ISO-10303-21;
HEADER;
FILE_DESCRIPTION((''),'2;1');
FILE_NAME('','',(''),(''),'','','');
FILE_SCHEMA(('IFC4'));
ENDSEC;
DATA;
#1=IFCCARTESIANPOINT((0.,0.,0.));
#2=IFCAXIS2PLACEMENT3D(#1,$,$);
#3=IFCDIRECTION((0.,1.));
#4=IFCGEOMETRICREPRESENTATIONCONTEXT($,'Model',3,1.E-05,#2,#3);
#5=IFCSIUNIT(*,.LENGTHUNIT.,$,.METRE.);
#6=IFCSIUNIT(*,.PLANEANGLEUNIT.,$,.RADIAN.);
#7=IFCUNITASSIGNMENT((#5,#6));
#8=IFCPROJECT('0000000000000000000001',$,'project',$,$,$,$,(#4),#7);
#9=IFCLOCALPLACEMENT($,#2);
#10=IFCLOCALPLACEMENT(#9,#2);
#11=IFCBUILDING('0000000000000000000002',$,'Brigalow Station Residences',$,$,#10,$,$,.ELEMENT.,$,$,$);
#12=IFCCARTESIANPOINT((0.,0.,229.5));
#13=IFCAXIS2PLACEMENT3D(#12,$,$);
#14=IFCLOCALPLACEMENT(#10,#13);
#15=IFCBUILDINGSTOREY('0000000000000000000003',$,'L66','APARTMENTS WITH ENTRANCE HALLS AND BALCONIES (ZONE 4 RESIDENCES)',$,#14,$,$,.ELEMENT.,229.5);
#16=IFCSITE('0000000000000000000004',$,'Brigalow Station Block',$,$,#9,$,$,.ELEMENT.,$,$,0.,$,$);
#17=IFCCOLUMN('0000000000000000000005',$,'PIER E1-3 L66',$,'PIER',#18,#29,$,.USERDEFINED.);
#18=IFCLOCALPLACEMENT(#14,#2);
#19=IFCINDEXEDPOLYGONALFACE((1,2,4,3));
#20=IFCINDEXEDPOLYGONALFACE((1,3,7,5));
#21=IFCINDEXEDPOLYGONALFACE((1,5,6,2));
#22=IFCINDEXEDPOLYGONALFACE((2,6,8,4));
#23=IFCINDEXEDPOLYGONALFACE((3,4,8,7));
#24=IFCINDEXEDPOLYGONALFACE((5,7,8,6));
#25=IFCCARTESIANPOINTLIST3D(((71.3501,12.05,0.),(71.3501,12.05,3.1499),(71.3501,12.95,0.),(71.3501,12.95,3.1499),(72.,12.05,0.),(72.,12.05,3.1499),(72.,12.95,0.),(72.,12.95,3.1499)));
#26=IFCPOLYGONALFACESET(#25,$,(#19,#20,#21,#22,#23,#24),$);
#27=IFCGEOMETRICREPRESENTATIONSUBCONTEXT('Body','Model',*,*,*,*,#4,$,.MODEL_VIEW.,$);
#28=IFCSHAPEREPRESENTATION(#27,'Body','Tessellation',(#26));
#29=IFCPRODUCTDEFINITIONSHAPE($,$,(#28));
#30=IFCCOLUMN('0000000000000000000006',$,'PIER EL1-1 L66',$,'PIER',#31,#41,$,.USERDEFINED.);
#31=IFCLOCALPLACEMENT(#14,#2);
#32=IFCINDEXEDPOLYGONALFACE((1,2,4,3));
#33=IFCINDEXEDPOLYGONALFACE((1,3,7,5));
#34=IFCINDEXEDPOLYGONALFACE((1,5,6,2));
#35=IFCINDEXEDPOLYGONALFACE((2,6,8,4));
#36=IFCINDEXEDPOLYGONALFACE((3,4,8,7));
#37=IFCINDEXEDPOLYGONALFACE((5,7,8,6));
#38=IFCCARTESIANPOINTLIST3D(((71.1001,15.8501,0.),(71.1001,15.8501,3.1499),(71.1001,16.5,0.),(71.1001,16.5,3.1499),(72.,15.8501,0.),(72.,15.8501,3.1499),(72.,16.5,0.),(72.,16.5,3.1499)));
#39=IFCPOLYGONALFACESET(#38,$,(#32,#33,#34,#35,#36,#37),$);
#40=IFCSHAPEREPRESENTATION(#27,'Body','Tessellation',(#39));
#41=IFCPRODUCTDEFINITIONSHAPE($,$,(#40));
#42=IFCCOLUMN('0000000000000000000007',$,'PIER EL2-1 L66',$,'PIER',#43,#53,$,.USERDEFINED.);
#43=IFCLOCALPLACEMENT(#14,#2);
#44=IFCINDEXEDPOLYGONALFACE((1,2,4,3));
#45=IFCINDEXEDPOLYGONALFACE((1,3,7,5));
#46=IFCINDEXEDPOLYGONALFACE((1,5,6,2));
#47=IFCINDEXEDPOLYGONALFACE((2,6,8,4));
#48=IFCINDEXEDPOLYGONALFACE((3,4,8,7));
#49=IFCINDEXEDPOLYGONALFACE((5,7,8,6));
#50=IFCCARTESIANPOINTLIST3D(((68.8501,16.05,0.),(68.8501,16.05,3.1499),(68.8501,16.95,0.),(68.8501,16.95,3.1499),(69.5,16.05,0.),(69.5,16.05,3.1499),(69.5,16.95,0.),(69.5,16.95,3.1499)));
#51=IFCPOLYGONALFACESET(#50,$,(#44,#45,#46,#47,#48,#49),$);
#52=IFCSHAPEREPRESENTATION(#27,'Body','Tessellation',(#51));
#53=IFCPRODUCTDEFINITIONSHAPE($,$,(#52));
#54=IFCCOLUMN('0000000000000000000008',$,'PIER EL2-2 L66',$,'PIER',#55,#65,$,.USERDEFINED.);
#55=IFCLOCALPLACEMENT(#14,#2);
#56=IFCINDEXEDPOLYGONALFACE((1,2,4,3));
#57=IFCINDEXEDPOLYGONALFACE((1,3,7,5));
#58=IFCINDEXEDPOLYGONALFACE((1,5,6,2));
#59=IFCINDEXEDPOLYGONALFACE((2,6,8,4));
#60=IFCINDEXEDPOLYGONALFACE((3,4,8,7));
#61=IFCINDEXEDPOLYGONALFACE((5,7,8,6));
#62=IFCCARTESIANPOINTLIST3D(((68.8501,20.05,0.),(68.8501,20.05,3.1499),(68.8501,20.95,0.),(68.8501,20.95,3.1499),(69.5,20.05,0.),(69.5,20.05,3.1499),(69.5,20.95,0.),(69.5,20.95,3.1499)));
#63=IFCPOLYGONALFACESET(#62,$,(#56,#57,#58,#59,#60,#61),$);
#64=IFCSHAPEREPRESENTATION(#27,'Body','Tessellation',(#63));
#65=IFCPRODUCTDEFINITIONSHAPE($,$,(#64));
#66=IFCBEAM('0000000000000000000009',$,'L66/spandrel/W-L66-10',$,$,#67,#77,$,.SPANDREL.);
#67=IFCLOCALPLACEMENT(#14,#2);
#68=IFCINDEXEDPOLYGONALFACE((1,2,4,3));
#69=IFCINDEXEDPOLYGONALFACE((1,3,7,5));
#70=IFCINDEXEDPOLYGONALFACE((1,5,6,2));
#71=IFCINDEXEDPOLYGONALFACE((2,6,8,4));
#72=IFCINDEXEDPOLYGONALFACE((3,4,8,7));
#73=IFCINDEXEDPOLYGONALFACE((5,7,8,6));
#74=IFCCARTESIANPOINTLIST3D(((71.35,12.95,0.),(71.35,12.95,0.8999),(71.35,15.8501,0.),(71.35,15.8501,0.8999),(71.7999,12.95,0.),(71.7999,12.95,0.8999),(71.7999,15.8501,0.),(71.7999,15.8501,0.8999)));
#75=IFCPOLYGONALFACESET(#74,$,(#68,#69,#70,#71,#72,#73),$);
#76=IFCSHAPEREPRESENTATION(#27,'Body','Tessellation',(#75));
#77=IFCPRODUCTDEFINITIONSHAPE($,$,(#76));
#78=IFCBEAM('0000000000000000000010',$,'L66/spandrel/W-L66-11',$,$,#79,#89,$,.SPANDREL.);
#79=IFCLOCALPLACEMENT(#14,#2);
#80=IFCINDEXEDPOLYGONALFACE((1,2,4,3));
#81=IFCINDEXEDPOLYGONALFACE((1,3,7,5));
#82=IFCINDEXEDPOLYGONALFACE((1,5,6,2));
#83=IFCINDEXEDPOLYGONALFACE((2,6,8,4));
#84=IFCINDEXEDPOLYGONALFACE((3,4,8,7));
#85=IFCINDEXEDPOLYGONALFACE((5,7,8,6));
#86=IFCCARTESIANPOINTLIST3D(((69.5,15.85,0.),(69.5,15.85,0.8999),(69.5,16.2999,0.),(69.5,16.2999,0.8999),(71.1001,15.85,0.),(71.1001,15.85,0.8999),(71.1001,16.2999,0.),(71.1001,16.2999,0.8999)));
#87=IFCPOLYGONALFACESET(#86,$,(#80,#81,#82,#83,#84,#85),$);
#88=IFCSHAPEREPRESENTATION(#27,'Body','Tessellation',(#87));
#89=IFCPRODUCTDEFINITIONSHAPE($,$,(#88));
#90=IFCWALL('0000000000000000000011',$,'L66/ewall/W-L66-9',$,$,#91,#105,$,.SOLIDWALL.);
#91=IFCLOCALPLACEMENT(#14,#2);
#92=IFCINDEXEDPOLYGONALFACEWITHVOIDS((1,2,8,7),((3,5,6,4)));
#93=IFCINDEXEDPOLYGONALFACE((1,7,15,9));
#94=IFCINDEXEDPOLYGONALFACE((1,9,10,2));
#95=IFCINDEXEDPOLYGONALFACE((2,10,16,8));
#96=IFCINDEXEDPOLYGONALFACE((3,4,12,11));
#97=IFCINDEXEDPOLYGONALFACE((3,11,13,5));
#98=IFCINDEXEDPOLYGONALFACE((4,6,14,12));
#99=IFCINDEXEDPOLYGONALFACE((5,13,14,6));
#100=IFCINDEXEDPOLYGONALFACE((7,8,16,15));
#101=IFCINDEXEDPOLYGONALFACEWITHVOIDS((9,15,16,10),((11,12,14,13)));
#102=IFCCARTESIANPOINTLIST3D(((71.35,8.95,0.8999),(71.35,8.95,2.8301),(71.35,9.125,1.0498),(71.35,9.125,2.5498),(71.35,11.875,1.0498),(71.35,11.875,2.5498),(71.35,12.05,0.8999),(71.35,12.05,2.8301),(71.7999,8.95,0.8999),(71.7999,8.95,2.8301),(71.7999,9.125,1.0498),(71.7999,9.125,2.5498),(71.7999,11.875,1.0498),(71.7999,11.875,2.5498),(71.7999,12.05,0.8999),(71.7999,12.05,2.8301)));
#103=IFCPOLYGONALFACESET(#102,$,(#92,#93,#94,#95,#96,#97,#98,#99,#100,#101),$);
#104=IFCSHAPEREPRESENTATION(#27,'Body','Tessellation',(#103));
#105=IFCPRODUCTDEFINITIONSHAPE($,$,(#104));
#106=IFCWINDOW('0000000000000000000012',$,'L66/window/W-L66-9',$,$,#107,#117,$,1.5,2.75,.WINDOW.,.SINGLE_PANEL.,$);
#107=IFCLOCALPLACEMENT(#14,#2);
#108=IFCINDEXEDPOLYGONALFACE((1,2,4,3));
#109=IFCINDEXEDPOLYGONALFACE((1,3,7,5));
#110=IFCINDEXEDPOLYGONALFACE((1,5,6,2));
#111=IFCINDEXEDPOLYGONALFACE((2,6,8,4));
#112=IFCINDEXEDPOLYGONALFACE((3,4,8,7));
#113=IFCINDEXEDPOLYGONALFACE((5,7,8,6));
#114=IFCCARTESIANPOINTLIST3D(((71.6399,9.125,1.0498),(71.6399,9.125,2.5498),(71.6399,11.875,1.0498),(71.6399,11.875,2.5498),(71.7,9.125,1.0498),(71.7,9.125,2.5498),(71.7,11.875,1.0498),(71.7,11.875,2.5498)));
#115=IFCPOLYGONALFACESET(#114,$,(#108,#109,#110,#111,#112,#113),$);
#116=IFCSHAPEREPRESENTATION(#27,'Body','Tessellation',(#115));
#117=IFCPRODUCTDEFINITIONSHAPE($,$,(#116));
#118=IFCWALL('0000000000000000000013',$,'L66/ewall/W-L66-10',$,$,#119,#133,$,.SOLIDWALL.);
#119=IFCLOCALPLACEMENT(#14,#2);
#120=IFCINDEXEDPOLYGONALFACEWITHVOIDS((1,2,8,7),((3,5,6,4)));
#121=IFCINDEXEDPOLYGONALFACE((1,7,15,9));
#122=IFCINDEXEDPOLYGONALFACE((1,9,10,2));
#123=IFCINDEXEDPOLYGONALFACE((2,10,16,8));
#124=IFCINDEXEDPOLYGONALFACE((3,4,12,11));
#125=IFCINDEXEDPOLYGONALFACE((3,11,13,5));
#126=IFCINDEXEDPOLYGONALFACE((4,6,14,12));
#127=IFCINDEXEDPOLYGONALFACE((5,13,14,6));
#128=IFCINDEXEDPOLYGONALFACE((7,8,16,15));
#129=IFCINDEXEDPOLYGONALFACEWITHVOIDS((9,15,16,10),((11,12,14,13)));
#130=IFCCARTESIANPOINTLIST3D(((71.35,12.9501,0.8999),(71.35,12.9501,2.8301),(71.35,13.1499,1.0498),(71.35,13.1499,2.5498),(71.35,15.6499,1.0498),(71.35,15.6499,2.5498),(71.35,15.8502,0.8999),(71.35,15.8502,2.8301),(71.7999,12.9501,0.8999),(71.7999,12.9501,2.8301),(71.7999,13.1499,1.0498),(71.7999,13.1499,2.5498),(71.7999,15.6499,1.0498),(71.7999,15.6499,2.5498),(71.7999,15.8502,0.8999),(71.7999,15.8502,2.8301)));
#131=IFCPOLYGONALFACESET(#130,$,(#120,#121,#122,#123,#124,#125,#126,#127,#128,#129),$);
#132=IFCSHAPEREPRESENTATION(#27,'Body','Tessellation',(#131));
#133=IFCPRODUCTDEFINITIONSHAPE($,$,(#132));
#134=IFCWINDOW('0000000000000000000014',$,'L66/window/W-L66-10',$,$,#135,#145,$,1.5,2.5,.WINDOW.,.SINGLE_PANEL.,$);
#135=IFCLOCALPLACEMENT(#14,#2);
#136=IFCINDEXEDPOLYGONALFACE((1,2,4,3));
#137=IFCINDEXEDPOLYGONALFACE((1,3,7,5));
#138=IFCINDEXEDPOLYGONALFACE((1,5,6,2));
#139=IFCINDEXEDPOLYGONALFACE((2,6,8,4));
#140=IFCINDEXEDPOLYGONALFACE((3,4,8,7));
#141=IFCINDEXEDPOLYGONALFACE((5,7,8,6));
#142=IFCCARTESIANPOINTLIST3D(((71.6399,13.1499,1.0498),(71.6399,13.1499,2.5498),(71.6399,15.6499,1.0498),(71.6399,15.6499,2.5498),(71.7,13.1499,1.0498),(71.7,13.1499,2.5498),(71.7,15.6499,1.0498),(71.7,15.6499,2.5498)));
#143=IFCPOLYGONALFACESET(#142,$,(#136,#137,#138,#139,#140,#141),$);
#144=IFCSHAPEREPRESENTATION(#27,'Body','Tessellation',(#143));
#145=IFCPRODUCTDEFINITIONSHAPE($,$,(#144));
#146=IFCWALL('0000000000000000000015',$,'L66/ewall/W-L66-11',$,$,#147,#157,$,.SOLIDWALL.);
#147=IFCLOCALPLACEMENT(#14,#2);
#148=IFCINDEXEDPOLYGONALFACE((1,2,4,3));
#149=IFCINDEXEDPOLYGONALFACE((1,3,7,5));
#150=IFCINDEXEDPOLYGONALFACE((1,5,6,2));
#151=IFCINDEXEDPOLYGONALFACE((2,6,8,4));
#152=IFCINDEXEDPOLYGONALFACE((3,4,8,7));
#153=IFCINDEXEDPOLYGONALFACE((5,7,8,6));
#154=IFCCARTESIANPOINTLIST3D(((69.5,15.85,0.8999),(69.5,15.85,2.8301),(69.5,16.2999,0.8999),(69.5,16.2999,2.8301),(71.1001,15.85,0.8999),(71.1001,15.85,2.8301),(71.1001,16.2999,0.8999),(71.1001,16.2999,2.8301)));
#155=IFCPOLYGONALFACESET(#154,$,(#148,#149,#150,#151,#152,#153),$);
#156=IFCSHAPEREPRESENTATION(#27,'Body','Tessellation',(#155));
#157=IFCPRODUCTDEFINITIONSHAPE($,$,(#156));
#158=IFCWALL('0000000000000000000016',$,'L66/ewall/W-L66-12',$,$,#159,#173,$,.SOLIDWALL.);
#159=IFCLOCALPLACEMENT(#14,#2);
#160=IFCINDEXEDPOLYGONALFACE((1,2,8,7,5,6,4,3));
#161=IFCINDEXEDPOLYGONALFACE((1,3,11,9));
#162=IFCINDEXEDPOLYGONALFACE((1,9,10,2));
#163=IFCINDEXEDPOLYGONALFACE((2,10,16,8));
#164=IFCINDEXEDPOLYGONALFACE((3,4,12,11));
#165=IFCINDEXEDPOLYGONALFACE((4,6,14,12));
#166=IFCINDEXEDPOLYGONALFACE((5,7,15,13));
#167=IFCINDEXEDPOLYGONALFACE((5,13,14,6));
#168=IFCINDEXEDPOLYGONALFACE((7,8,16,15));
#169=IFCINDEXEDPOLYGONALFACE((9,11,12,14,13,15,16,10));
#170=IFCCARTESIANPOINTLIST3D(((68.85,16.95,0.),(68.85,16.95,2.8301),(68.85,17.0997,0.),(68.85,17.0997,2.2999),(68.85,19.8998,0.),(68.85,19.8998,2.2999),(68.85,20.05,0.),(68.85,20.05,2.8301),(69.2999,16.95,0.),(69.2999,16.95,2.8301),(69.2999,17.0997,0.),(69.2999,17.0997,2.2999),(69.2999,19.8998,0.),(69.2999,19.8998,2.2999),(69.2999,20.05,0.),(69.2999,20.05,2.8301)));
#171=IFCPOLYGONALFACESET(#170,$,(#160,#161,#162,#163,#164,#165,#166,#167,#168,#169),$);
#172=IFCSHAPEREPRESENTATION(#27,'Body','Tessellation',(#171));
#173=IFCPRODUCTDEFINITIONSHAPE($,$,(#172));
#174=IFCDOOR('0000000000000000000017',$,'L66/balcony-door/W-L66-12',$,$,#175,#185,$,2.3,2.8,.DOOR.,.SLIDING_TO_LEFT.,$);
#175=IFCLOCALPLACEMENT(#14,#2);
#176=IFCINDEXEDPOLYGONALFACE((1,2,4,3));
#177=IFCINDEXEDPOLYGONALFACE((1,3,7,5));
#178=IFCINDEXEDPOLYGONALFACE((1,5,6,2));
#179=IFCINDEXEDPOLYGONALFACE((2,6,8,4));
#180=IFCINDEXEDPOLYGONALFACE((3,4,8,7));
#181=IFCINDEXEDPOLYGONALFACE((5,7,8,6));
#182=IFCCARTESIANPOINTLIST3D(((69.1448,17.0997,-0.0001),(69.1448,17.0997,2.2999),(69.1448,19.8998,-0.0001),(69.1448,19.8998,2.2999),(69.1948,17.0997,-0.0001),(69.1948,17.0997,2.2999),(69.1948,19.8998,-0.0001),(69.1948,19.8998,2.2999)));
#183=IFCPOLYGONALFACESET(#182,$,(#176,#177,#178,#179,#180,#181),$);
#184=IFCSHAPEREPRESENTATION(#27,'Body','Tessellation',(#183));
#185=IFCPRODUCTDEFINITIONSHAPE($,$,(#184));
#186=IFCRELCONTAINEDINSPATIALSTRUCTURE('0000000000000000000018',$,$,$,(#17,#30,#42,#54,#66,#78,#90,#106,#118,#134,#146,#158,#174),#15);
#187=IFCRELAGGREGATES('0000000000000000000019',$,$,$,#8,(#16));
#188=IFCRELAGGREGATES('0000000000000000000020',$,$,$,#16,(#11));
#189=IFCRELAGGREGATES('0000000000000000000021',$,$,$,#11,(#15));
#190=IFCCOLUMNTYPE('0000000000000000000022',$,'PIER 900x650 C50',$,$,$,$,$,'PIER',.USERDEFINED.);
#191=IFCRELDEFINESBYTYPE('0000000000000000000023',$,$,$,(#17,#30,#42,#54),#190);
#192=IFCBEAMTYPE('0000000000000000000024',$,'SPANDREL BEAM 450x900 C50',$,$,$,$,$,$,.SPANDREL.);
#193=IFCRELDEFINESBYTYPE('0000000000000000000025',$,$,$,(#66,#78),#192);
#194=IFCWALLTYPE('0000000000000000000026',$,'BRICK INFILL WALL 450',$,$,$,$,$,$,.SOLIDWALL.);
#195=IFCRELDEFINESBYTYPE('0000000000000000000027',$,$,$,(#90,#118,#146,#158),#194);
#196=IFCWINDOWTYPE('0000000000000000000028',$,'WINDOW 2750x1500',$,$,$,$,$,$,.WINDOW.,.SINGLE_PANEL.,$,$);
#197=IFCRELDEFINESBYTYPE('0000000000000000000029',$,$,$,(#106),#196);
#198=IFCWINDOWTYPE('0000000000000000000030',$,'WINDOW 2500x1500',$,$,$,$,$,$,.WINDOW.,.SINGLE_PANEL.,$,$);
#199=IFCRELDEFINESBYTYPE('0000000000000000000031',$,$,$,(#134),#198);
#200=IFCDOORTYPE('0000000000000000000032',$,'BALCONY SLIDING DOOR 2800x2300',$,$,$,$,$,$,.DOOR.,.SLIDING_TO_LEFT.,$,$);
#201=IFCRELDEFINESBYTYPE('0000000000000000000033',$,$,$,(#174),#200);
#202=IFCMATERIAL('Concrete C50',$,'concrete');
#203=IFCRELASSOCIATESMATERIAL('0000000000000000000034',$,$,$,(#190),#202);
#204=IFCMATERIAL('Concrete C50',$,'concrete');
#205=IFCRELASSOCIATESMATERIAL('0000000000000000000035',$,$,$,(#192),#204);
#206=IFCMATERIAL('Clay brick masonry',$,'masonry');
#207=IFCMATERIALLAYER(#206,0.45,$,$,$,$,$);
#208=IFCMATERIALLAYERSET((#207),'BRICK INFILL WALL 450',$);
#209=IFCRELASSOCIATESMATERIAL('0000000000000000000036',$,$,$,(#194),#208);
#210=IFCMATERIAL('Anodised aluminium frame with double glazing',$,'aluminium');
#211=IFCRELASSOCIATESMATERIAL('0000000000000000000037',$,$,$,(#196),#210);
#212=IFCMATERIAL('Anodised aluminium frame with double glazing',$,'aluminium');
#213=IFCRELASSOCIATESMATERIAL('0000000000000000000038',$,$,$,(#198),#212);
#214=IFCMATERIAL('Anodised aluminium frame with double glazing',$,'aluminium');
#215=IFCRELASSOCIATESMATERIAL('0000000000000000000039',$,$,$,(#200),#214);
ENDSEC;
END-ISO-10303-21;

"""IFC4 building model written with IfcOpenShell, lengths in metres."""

from ifc_helpers import new_model, si_unit, direction, frame, frame_2d, origin, origin_2d, place, context, subcontext, project, spatial, rectangle, extrude, material, layer, layer_set, material_profile, profile_set, type_object, element, fill, save


model = new_model("IFC4")

# Units and contexts
model_context = context("Model", 3, precision=1e-05, world=origin(), true_north=direction((0.0, 1.0)))
body_context = subcontext(model_context, "Body", "Model", "MODEL_VIEW")
ifc_project = project(units=[si_unit("LENGTHUNIT", "METRE"), si_unit("PLANEANGLEUNIT", "RADIAN")], contexts=[model_context])

# Site, building, storey
site_placement = place(None, origin())
site = spatial("IfcSite", under=ifc_project, at=site_placement, Name="Brigalow Station Block", CompositionType="ELEMENT", RefElevation=0.0)
building_placement = place(site_placement, origin())
building = spatial("IfcBuilding", under=site, at=building_placement, Name="Brigalow Station Residences", CompositionType="ELEMENT")
storey_placement = place(building_placement, frame((0.0, 0.0, 229.5)))
storey = spatial("IfcBuildingStorey", under=building, at=storey_placement, Name="L66", Description="APARTMENTS WITH ENTRANCE HALLS AND BALCONIES (ZONE 4 RESIDENCES)", CompositionType="ELEMENT", Elevation=229.5)

# Columns
ifc_material_1 = material(Name="Concrete C50", Category="concrete")
ifc_material_profile_1 = material_profile(ifc_material_1, rectangle(XDim=0.8999, YDim=0.6499, at=origin_2d()), Name="RC900x650")
ifc_profile_set_1 = profile_set([ifc_material_profile_1], Name="Concrete C50")
column_type = type_object("IfcColumnType", Name="PIER 900x650 C50", ElementType="PIER", PredefinedType="USERDEFINED", material=ifc_profile_set_1)
for number, where, z_axis, x_axis, name in (
    (1, (71.675, 12.5, 0.0), (0.0, 0.0, 1.0), (0.0, 1.0, 0.0), "PIER E1-3 L66"),
    (2, (71.55, 16.175, 0.0), (0.0, 0.0, 1.0), (-1.0, 0.0, 0.0), "PIER EL1-1 L66"),
    (3, (69.175, 16.5, 0.0), (0.0, 0.0, 1.0), (0.0, 1.0, 0.0), "PIER EL2-1 L66"),
    (4, (69.175, 20.5, 0.0), (0.0, 0.0, 1.0), (0.0, 1.0, 0.0), "PIER EL2-2 L66"),
):
    element("IfcColumn", number, at=place(storey_placement, frame(where, z_axis=z_axis, x_axis=x_axis)), inside=storey, type_object=column_type, Name=name, ObjectType="PIER", PredefinedType="USERDEFINED", context=body_context, shape_type="SweptSolid", body=[
        extrude(rectangle(XDim=0.8999, YDim=0.6499, at=origin_2d()), origin(), (0.0, 0.0, 1.0), 3.1499),
    ])

# Beams
ifc_material_2 = material(Name="Concrete C50", Category="concrete")
ifc_material_profile_2 = material_profile(ifc_material_2, rectangle(XDim=0.45, YDim=0.8999, at=origin_2d()), Name="RC450x900")
ifc_profile_set_2 = profile_set([ifc_material_profile_2], Name="Concrete C50")
beam_type = type_object("IfcBeamType", Name="SPANDREL BEAM 450x900 C50", PredefinedType="SPANDREL", material=ifc_profile_set_2)
beam_1_placement = place(storey_placement, frame((71.575, 12.95, 0.45), z_axis=(0.0, 1.0, 0.0), x_axis=(-1.0, 0.0, 0.0)))
element("IfcBeam", 5, at=beam_1_placement, inside=storey, type_object=beam_type, Name="L66/spandrel/W-L66-10", PredefinedType="SPANDREL", context=body_context, shape_type="SweptSolid", body=[
    extrude(rectangle(XDim=0.45, YDim=0.8999, at=origin_2d()), origin(), (0.0, 0.0, 1.0), 2.9001),
])
beam_2_placement = place(storey_placement, frame((71.1001, 16.075, 0.45), z_axis=(-1.0, 0.0, 0.0), x_axis=(0.0, -1.0, 0.0)))
element("IfcBeam", 6, at=beam_2_placement, inside=storey, type_object=beam_type, Name="L66/spandrel/W-L66-11", PredefinedType="SPANDREL", context=body_context, shape_type="SweptSolid", body=[
    extrude(rectangle(XDim=0.45, YDim=0.8999, at=origin_2d()), origin(), (0.0, 0.0, 1.0), 1.6001),
])

# Walls, openings, windows
ifc_material_3 = material(Name="Clay brick masonry", Category="masonry")
ifc_layer = layer(ifc_material_3, 0.45)
ifc_layer_set = layer_set([ifc_layer], Name="BRICK INFILL WALL 450")
wall_type = type_object("IfcWallType", Name="BRICK INFILL WALL 450", PredefinedType="SOLIDWALL", material=ifc_layer_set)
wall_1_placement = place(storey_placement, frame((71.575, 8.95, 0.8999), z_axis=(0.0, 0.0, 1.0), x_axis=(0.0, 1.0, 0.0)))
wall_1 = element("IfcWall", 7, at=wall_1_placement, inside=storey, type_object=wall_type, Name="L66/ewall/W-L66-9", PredefinedType="SOLIDWALL", context=body_context, shape_type="SweptSolid", body=[
    extrude(rectangle(XDim=3.1001, YDim=0.45, at=frame_2d((1.55, 0.0))), origin(), (0.0, 0.0, 1.0), 1.9302),
])
opening_1_placement = place(wall_1_placement, frame((0.175, 0.0, 0.1499)))
opening_1 = element("IfcOpeningElement", 8, at=opening_1_placement, cuts=wall_1, PredefinedType="OPENING", context=body_context, shape_type="SweptSolid", body=[
    extrude(rectangle(XDim=2.75, YDim=1.5, at=frame_2d((1.375, 0.75))), frame((0.0, 0.2349, 0.0), z_axis=(0.0, -1.0, 0.0), x_axis=(1.0, 0.0, 0.0)), (0.0, 0.0, 1.0), 0.47),
])
ifc_material_4 = material(Name="Anodised aluminium frame with double glazing", Category="aluminium")
window_type_1 = type_object("IfcWindowType", Name="WINDOW 2750x1500", PartitioningType="SINGLE_PANEL", PredefinedType="WINDOW", material=ifc_material_4)
window_1_placement = place(opening_1_placement, origin())
window_1 = element("IfcWindow", 9, at=window_1_placement, inside=storey, type_object=window_type_1, Name="L66/window/W-L66-9", OverallHeight=1.5, OverallWidth=2.75, PartitioningType="SINGLE_PANEL", PredefinedType="WINDOW", context=body_context, shape_type="SweptSolid", body=[
    extrude(rectangle(XDim=2.75, YDim=1.5, at=frame_2d((1.375, 0.75))), frame((0.0, -0.0649, 0.0), z_axis=(0.0, -1.0, 0.0), x_axis=(1.0, 0.0, 0.0)), (0.0, 0.0, 1.0), 0.0601),
])
fill(opening_1, window_1)
wall_2_placement = place(storey_placement, frame((71.575, 12.95, 0.8999), z_axis=(0.0, 0.0, 1.0), x_axis=(0.0, 1.0, 0.0)))
wall_2 = element("IfcWall", 10, at=wall_2_placement, inside=storey, type_object=wall_type, Name="L66/ewall/W-L66-10", PredefinedType="SOLIDWALL", context=body_context, shape_type="SweptSolid", body=[
    extrude(rectangle(XDim=2.9001, YDim=0.45, at=frame_2d((1.4502, 0.0))), origin(), (0.0, 0.0, 1.0), 1.9302),
])
opening_2_placement = place(wall_2_placement, frame((0.2, 0.0, 0.1499)))
opening_2 = element("IfcOpeningElement", 11, at=opening_2_placement, cuts=wall_2, PredefinedType="OPENING", context=body_context, shape_type="SweptSolid", body=[
    extrude(rectangle(XDim=2.5, YDim=1.5, at=frame_2d((1.25, 0.75))), frame((0.0, 0.2349, 0.0), z_axis=(0.0, -1.0, 0.0), x_axis=(1.0, 0.0, 0.0)), (0.0, 0.0, 1.0), 0.47),
])
ifc_material_5 = material(Name="Anodised aluminium frame with double glazing", Category="aluminium")
window_type_2 = type_object("IfcWindowType", Name="WINDOW 2500x1500", PartitioningType="SINGLE_PANEL", PredefinedType="WINDOW", material=ifc_material_5)
window_2_placement = place(opening_2_placement, origin())
window_2 = element("IfcWindow", 12, at=window_2_placement, inside=storey, type_object=window_type_2, Name="L66/window/W-L66-10", OverallHeight=1.5, OverallWidth=2.5, PartitioningType="SINGLE_PANEL", PredefinedType="WINDOW", context=body_context, shape_type="SweptSolid", body=[
    extrude(rectangle(XDim=2.5, YDim=1.5, at=frame_2d((1.25, 0.75))), frame((0.0, -0.0649, 0.0), z_axis=(0.0, -1.0, 0.0), x_axis=(1.0, 0.0, 0.0)), (0.0, 0.0, 1.0), 0.0601),
])
fill(opening_2, window_2)

# Wall
wall_3_placement = place(storey_placement, frame((71.1001, 16.075, 0.8999), z_axis=(0.0, 0.0, 1.0), x_axis=(-1.0, 0.0, 0.0)))
element("IfcWall", 13, at=wall_3_placement, inside=storey, type_object=wall_type, Name="L66/ewall/W-L66-11", PredefinedType="SOLIDWALL", context=body_context, shape_type="SweptSolid", body=[
    extrude(rectangle(XDim=1.6001, YDim=0.45, at=frame_2d((0.8, 0.0))), origin(), (0.0, 0.0, 1.0), 1.9302),
])

# Wall, opening, door
wall_4_placement = place(storey_placement, frame((69.075, 16.95, 0.0), z_axis=(0.0, 0.0, 1.0), x_axis=(0.0, 1.0, 0.0)))
wall_4 = element("IfcWall", 14, at=wall_4_placement, inside=storey, type_object=wall_type, Name="L66/ewall/W-L66-12", PredefinedType="SOLIDWALL", context=body_context, shape_type="SweptSolid", body=[
    extrude(rectangle(XDim=3.1001, YDim=0.45, at=frame_2d((1.55, 0.0))), origin(), (0.0, 0.0, 1.0), 2.8301),
])
opening_3_placement = place(wall_4_placement, frame((0.1499, 0.0, 0.0)))
opening_3 = element("IfcOpeningElement", 15, at=opening_3_placement, cuts=wall_4, PredefinedType="OPENING", context=body_context, shape_type="SweptSolid", body=[
    extrude(rectangle(XDim=2.8, YDim=2.3, at=frame_2d((1.3999, 1.1499))), frame((0.0, 0.2349, 0.0), z_axis=(0.0, -1.0, 0.0), x_axis=(1.0, 0.0, 0.0)), (0.0, 0.0, 1.0), 0.47),
])
ifc_material_6 = material(Name="Anodised aluminium frame with double glazing", Category="aluminium")
door_type = type_object("IfcDoorType", Name="BALCONY SLIDING DOOR 2800x2300", OperationType="SLIDING_TO_LEFT", PredefinedType="DOOR", material=ifc_material_6)
door_1_placement = place(opening_3_placement, origin())
door_1 = element("IfcDoor", 16, at=door_1_placement, inside=storey, type_object=door_type, Name="L66/balcony-door/W-L66-12", OperationType="SLIDING_TO_LEFT", OverallHeight=2.3, OverallWidth=2.8, PredefinedType="DOOR", context=body_context, shape_type="SweptSolid", body=[
    extrude(rectangle(XDim=2.8, YDim=2.3, at=frame_2d((1.3999, 1.1499))), frame((0.0, -0.0698, 0.0), z_axis=(0.0, -1.0, 0.0), x_axis=(1.0, 0.0, 0.0)), (0.0, 0.0, 1.0), 0.05),
])
fill(opening_3, door_1)

save(model, "model.ifc")
